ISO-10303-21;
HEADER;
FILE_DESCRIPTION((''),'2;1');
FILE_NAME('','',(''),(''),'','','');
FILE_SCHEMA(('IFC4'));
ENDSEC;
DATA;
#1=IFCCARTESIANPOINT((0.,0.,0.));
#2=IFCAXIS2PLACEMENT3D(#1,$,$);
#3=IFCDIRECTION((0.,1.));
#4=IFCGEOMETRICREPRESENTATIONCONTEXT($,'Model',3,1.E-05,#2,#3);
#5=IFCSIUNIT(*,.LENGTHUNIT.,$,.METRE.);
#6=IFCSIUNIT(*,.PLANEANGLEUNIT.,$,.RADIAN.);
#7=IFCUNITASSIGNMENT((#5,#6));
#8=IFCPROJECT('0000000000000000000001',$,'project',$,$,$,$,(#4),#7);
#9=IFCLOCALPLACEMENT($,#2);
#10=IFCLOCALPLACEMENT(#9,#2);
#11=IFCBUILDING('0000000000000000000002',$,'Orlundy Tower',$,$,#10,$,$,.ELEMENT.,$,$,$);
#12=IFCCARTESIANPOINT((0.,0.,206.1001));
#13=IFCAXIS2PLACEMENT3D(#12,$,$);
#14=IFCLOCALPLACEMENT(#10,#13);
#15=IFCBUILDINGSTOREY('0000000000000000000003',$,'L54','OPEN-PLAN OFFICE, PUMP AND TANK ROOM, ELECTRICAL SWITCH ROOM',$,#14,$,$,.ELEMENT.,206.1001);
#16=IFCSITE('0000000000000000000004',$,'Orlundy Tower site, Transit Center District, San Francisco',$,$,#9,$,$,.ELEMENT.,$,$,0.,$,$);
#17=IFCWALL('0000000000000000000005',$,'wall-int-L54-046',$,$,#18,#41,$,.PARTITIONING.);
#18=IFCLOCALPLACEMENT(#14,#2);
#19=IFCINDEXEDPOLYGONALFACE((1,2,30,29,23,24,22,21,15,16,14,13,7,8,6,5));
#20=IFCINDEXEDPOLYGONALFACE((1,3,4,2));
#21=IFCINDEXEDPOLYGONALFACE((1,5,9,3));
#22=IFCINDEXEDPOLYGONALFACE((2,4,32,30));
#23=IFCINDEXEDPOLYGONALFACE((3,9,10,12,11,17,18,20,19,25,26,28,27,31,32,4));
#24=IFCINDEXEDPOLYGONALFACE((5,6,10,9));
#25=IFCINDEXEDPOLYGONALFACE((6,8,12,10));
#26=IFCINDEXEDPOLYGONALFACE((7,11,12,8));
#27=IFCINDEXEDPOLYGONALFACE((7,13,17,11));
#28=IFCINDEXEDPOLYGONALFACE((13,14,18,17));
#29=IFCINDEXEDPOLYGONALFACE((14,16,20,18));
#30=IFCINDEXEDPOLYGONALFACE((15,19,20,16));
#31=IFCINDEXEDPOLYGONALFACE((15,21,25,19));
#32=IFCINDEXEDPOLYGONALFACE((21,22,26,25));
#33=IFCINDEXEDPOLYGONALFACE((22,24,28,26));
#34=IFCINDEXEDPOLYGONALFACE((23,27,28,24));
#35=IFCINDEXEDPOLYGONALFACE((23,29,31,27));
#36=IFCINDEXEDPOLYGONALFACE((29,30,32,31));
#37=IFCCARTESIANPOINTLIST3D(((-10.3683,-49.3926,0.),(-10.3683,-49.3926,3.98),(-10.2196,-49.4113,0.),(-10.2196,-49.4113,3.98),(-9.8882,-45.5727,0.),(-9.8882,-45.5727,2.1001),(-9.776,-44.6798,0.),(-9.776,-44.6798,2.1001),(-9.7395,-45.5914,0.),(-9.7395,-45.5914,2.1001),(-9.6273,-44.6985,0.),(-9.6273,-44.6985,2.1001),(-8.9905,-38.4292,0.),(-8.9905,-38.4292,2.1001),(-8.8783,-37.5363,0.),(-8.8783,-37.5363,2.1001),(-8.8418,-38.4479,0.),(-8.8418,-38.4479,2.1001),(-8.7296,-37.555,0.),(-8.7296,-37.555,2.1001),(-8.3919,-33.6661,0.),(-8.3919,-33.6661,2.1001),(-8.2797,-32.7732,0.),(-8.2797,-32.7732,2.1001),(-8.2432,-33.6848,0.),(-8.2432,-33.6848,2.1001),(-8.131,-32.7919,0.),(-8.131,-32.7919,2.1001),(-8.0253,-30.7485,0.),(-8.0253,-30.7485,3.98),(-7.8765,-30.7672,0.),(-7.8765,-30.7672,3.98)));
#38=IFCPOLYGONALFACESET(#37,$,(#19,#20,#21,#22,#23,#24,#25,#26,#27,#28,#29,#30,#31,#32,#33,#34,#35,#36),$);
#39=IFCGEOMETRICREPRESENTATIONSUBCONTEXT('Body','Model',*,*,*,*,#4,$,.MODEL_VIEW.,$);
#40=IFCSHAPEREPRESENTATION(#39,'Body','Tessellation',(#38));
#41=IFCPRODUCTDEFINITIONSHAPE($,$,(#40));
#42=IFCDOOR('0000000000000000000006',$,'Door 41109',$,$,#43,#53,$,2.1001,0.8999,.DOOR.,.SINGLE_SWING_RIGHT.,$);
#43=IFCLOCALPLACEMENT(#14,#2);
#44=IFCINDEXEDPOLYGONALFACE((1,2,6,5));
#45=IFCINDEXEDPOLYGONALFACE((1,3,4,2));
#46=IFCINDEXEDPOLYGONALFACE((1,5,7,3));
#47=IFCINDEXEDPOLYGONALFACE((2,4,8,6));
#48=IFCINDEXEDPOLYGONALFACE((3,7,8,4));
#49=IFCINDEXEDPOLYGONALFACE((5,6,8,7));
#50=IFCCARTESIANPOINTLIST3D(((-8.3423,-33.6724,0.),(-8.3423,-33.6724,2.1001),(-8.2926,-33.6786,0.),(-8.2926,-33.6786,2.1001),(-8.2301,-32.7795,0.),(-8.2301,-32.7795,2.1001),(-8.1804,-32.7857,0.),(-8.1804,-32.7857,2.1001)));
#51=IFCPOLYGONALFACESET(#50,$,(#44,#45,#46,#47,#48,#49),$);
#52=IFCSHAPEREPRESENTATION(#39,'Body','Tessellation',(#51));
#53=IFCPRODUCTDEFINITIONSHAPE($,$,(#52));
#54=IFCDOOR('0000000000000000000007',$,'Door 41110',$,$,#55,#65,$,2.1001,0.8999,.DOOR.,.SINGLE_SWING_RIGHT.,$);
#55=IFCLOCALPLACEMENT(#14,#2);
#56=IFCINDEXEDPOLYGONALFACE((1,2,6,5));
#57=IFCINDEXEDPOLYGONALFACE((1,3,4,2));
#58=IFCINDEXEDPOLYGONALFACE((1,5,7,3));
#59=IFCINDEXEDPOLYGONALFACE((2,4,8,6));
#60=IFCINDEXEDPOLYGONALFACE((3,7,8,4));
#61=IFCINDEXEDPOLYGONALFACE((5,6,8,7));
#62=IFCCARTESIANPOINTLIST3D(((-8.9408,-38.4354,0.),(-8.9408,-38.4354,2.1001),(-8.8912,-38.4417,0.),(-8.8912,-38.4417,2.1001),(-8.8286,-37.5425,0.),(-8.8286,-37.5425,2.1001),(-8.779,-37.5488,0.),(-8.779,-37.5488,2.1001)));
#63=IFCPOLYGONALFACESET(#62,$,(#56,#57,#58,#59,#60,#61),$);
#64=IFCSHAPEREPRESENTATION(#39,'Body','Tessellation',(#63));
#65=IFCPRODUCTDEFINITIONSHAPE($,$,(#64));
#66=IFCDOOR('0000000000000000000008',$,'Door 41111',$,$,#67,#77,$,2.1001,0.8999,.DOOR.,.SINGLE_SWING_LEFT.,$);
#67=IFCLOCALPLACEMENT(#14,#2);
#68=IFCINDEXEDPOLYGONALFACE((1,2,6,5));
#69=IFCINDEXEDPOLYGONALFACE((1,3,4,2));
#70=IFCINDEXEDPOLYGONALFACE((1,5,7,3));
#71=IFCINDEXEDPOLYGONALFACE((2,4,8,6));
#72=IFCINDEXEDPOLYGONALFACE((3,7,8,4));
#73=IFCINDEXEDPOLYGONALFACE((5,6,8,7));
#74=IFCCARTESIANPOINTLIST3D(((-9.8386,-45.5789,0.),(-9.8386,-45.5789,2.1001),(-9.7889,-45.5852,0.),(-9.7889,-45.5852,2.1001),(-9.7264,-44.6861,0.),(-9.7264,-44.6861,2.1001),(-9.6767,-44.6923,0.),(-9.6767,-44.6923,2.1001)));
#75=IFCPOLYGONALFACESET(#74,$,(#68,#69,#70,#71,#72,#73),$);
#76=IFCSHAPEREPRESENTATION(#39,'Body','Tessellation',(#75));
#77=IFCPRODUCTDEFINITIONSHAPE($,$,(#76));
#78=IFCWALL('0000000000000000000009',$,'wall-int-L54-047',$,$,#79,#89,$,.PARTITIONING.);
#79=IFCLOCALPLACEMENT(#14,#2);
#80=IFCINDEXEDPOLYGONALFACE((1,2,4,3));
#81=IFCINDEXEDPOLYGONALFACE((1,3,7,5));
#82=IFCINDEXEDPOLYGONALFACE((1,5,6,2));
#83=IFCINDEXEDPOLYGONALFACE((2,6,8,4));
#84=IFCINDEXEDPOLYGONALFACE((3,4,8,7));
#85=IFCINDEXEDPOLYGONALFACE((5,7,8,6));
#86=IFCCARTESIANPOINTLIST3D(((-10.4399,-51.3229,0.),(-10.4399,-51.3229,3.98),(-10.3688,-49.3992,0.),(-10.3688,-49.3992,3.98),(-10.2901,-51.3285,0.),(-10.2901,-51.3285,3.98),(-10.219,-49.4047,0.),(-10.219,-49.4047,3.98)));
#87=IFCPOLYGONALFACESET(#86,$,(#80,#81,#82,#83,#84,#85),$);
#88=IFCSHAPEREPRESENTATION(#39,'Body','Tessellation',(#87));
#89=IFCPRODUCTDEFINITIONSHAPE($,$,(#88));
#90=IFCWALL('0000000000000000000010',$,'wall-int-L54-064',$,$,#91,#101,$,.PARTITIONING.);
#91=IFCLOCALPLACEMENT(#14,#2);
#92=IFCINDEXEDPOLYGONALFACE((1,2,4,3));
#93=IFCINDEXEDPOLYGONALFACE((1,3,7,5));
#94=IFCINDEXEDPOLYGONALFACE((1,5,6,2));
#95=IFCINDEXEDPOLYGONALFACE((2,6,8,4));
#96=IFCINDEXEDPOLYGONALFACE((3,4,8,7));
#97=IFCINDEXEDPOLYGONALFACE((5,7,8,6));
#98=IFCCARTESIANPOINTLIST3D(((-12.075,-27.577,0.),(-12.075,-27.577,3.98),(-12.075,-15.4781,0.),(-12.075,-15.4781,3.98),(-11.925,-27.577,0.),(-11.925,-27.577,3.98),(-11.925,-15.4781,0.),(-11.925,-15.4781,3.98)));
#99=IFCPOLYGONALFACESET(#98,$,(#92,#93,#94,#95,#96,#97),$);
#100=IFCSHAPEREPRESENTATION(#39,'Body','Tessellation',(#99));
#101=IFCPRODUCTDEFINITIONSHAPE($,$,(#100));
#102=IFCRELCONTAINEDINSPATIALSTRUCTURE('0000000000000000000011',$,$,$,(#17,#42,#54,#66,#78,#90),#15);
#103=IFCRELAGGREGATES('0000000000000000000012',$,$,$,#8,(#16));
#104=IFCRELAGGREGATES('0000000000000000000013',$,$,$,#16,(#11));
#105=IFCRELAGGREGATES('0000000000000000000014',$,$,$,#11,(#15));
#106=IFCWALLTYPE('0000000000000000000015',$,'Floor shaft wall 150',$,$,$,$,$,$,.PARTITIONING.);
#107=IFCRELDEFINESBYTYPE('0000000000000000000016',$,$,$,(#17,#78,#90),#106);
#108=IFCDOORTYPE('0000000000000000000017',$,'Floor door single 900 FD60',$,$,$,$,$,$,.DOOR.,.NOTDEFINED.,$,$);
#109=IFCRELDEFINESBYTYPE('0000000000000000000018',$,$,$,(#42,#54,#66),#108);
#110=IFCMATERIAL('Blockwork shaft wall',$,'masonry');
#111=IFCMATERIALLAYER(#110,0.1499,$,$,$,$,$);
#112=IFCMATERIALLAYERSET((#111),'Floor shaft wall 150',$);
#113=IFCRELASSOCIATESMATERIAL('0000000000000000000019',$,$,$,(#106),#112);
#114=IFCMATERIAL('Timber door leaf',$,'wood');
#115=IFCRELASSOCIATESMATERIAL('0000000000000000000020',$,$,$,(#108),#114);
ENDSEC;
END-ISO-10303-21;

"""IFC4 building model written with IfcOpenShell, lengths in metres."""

from ifc_helpers import new_model, si_unit, direction, frame, frame_2d, origin, place, context, subcontext, project, spatial, rectangle, extrude, material, layer, layer_set, type_object, element, fill, save


model = new_model("IFC4")

# Units and contexts
model_context = context("Model", 3, precision=1e-05, world=origin(), true_north=direction((0.0, 1.0)))
body_context = subcontext(model_context, "Body", "Model", "MODEL_VIEW")
ifc_project = project(units=[si_unit("LENGTHUNIT", "METRE"), si_unit("PLANEANGLEUNIT", "RADIAN")], contexts=[model_context])

# Site, building, storey
site_placement = place(None, origin())
site = spatial("IfcSite", under=ifc_project, at=site_placement, Name="Orlundy Tower site, Transit Center District, San Francisco", CompositionType="ELEMENT", RefElevation=0.0)
building_placement = place(site_placement, origin())
building = spatial("IfcBuilding", under=site, at=building_placement, Name="Orlundy Tower", CompositionType="ELEMENT")
storey_placement = place(building_placement, frame((0.0, 0.0, 206.1001)))
storey = spatial("IfcBuildingStorey", under=building, at=storey_placement, Name="L54", Description="OPEN-PLAN OFFICE, PUMP AND TANK ROOM, ELECTRICAL SWITCH ROOM", CompositionType="ELEMENT", Elevation=206.1001)

# Shared definitions
ifc_material_1 = material(Name="Blockwork shaft wall", Category="masonry")
ifc_layer = layer(ifc_material_1, 0.1499)
ifc_layer_set = layer_set([ifc_layer], Name="Floor shaft wall 150")
wall_type = type_object("IfcWallType", Name="Floor shaft wall 150", PredefinedType="PARTITIONING", material=ifc_layer_set)

# Shared definitions
ifc_material_2 = material(Name="Timber door leaf", Category="wood")
door_type = type_object("IfcDoorType", Name="Floor door single 900 FD60", OperationType="NOTDEFINED", PredefinedType="DOOR", material=ifc_material_2)

# Wall, openings, doors
wall_1_placement = place(storey_placement, frame((-10.2939, -49.4021, 0.0), z_axis=(0.0, 0.0, 1.0), x_axis=(0.12469, 0.992196, 0.0)))
wall_1 = element("IfcWall", 1, at=wall_1_placement, inside=storey, type_object=wall_type, Name="wall-int-L54-046", PredefinedType="PARTITIONING", context=body_context, shape_type="SweptSolid", body=[
    extrude(rectangle(XDim=18.7908, YDim=0.1499, at=frame_2d((9.3955, 0.0))), origin(), (0.0, 0.0, 1.0), 3.98),
])
opening_1_placement = place(wall_1_placement, frame((15.8503, 0.0, 0.0)))
opening_1 = element("IfcOpeningElement", 2, at=opening_1_placement, cuts=wall_1, PredefinedType="OPENING", context=body_context, shape_type="SweptSolid", body=[
    extrude(rectangle(XDim=0.8999, YDim=2.1001, at=frame_2d((0.45, 1.05))), frame((0.0, 0.085, 0.0), z_axis=(0.0, -1.0, 0.0), x_axis=(1.0, 0.0, 0.0)), (0.0, 0.0, 1.0), 0.1699),
])
opening_2_placement = place(wall_1_placement, frame((11.0498, 0.0, 0.0)))
opening_2 = element("IfcOpeningElement", 3, at=opening_2_placement, cuts=wall_1, PredefinedType="OPENING", context=body_context, shape_type="SweptSolid", body=[
    extrude(rectangle(XDim=0.8999, YDim=2.1001, at=frame_2d((0.45, 1.05))), frame((0.0, 0.085, 0.0), z_axis=(0.0, -1.0, 0.0), x_axis=(1.0, 0.0, 0.0)), (0.0, 0.0, 1.0), 0.1699),
])
opening_3_placement = place(wall_1_placement, frame((3.8501, 0.0, 0.0)))
opening_3 = element("IfcOpeningElement", 4, at=opening_3_placement, cuts=wall_1, PredefinedType="OPENING", context=body_context, shape_type="SweptSolid", body=[
    extrude(rectangle(XDim=0.8999, YDim=2.1001, at=frame_2d((0.45, 1.05))), frame((0.0, 0.085, 0.0), z_axis=(0.0, -1.0, 0.0), x_axis=(1.0, 0.0, 0.0)), (0.0, 0.0, 1.0), 0.1699),
])
door_1_placement = place(opening_1_placement, origin())
door_1 = element("IfcDoor", 5, at=door_1_placement, inside=storey, type_object=door_type, Name="Door 41109", OperationType="SINGLE_SWING_RIGHT", OverallHeight=2.1001, OverallWidth=0.8999, PredefinedType="DOOR", context=body_context, shape_type="SweptSolid", body=[
    extrude(rectangle(XDim=0.8999, YDim=2.1001, at=frame_2d((0.45, 1.05))), frame((0.0, 0.0249, 0.0), z_axis=(0.0, -1.0, 0.0), x_axis=(1.0, 0.0, 0.0)), (0.0, 0.0, 1.0), 0.05),
])
fill(opening_1, door_1)
door_2_placement = place(opening_2_placement, origin())
door_2 = element("IfcDoor", 6, at=door_2_placement, inside=storey, type_object=door_type, Name="Door 41110", OperationType="SINGLE_SWING_RIGHT", OverallHeight=2.1001, OverallWidth=0.8999, PredefinedType="DOOR", context=body_context, shape_type="SweptSolid", body=[
    extrude(rectangle(XDim=0.8999, YDim=2.1001, at=frame_2d((0.45, 1.05))), frame((0.0, 0.0249, 0.0), z_axis=(0.0, -1.0, 0.0), x_axis=(1.0, 0.0, 0.0)), (0.0, 0.0, 1.0), 0.05),
])
fill(opening_2, door_2)
door_3_placement = place(opening_3_placement, origin())
door_3 = element("IfcDoor", 7, at=door_3_placement, inside=storey, type_object=door_type, Name="Door 41111", OperationType="SINGLE_SWING_LEFT", OverallHeight=2.1001, OverallWidth=0.8999, PredefinedType="DOOR", context=body_context, shape_type="SweptSolid", body=[
    extrude(rectangle(XDim=0.8999, YDim=2.1001, at=frame_2d((0.45, 1.05))), frame((0.0, 0.0249, 0.0), z_axis=(0.0, -1.0, 0.0), x_axis=(1.0, 0.0, 0.0)), (0.0, 0.0, 1.0), 0.05),
])
fill(opening_3, door_3)

# Walls
wall_2_placement = place(storey_placement, frame((-10.2939, -49.4021, 0.0), z_axis=(0.0, 0.0, 1.0), x_axis=(-0.036904, -0.999319, 0.0)))
element("IfcWall", 8, at=wall_2_placement, inside=storey, type_object=wall_type, Name="wall-int-L54-047", PredefinedType="PARTITIONING", context=body_context, shape_type="SweptSolid", body=[
    extrude(rectangle(XDim=1.925, YDim=0.1499, at=frame_2d((0.9624, 0.0))), origin(), (0.0, 0.0, 1.0), 3.98),
])
wall_3_placement = place(storey_placement, frame((-12.0, -27.5769, 0.0), z_axis=(0.0, 0.0, 1.0), x_axis=(0.0, 1.0, 0.0)))
element("IfcWall", 9, at=wall_3_placement, inside=storey, type_object=wall_type, Name="wall-int-L54-064", PredefinedType="PARTITIONING", context=body_context, shape_type="SweptSolid", body=[
    extrude(rectangle(XDim=12.0989, YDim=0.1499, at=frame_2d((6.0493, 0.0))), origin(), (0.0, 0.0, 1.0), 3.98),
])

save(model, "model.ifc")
